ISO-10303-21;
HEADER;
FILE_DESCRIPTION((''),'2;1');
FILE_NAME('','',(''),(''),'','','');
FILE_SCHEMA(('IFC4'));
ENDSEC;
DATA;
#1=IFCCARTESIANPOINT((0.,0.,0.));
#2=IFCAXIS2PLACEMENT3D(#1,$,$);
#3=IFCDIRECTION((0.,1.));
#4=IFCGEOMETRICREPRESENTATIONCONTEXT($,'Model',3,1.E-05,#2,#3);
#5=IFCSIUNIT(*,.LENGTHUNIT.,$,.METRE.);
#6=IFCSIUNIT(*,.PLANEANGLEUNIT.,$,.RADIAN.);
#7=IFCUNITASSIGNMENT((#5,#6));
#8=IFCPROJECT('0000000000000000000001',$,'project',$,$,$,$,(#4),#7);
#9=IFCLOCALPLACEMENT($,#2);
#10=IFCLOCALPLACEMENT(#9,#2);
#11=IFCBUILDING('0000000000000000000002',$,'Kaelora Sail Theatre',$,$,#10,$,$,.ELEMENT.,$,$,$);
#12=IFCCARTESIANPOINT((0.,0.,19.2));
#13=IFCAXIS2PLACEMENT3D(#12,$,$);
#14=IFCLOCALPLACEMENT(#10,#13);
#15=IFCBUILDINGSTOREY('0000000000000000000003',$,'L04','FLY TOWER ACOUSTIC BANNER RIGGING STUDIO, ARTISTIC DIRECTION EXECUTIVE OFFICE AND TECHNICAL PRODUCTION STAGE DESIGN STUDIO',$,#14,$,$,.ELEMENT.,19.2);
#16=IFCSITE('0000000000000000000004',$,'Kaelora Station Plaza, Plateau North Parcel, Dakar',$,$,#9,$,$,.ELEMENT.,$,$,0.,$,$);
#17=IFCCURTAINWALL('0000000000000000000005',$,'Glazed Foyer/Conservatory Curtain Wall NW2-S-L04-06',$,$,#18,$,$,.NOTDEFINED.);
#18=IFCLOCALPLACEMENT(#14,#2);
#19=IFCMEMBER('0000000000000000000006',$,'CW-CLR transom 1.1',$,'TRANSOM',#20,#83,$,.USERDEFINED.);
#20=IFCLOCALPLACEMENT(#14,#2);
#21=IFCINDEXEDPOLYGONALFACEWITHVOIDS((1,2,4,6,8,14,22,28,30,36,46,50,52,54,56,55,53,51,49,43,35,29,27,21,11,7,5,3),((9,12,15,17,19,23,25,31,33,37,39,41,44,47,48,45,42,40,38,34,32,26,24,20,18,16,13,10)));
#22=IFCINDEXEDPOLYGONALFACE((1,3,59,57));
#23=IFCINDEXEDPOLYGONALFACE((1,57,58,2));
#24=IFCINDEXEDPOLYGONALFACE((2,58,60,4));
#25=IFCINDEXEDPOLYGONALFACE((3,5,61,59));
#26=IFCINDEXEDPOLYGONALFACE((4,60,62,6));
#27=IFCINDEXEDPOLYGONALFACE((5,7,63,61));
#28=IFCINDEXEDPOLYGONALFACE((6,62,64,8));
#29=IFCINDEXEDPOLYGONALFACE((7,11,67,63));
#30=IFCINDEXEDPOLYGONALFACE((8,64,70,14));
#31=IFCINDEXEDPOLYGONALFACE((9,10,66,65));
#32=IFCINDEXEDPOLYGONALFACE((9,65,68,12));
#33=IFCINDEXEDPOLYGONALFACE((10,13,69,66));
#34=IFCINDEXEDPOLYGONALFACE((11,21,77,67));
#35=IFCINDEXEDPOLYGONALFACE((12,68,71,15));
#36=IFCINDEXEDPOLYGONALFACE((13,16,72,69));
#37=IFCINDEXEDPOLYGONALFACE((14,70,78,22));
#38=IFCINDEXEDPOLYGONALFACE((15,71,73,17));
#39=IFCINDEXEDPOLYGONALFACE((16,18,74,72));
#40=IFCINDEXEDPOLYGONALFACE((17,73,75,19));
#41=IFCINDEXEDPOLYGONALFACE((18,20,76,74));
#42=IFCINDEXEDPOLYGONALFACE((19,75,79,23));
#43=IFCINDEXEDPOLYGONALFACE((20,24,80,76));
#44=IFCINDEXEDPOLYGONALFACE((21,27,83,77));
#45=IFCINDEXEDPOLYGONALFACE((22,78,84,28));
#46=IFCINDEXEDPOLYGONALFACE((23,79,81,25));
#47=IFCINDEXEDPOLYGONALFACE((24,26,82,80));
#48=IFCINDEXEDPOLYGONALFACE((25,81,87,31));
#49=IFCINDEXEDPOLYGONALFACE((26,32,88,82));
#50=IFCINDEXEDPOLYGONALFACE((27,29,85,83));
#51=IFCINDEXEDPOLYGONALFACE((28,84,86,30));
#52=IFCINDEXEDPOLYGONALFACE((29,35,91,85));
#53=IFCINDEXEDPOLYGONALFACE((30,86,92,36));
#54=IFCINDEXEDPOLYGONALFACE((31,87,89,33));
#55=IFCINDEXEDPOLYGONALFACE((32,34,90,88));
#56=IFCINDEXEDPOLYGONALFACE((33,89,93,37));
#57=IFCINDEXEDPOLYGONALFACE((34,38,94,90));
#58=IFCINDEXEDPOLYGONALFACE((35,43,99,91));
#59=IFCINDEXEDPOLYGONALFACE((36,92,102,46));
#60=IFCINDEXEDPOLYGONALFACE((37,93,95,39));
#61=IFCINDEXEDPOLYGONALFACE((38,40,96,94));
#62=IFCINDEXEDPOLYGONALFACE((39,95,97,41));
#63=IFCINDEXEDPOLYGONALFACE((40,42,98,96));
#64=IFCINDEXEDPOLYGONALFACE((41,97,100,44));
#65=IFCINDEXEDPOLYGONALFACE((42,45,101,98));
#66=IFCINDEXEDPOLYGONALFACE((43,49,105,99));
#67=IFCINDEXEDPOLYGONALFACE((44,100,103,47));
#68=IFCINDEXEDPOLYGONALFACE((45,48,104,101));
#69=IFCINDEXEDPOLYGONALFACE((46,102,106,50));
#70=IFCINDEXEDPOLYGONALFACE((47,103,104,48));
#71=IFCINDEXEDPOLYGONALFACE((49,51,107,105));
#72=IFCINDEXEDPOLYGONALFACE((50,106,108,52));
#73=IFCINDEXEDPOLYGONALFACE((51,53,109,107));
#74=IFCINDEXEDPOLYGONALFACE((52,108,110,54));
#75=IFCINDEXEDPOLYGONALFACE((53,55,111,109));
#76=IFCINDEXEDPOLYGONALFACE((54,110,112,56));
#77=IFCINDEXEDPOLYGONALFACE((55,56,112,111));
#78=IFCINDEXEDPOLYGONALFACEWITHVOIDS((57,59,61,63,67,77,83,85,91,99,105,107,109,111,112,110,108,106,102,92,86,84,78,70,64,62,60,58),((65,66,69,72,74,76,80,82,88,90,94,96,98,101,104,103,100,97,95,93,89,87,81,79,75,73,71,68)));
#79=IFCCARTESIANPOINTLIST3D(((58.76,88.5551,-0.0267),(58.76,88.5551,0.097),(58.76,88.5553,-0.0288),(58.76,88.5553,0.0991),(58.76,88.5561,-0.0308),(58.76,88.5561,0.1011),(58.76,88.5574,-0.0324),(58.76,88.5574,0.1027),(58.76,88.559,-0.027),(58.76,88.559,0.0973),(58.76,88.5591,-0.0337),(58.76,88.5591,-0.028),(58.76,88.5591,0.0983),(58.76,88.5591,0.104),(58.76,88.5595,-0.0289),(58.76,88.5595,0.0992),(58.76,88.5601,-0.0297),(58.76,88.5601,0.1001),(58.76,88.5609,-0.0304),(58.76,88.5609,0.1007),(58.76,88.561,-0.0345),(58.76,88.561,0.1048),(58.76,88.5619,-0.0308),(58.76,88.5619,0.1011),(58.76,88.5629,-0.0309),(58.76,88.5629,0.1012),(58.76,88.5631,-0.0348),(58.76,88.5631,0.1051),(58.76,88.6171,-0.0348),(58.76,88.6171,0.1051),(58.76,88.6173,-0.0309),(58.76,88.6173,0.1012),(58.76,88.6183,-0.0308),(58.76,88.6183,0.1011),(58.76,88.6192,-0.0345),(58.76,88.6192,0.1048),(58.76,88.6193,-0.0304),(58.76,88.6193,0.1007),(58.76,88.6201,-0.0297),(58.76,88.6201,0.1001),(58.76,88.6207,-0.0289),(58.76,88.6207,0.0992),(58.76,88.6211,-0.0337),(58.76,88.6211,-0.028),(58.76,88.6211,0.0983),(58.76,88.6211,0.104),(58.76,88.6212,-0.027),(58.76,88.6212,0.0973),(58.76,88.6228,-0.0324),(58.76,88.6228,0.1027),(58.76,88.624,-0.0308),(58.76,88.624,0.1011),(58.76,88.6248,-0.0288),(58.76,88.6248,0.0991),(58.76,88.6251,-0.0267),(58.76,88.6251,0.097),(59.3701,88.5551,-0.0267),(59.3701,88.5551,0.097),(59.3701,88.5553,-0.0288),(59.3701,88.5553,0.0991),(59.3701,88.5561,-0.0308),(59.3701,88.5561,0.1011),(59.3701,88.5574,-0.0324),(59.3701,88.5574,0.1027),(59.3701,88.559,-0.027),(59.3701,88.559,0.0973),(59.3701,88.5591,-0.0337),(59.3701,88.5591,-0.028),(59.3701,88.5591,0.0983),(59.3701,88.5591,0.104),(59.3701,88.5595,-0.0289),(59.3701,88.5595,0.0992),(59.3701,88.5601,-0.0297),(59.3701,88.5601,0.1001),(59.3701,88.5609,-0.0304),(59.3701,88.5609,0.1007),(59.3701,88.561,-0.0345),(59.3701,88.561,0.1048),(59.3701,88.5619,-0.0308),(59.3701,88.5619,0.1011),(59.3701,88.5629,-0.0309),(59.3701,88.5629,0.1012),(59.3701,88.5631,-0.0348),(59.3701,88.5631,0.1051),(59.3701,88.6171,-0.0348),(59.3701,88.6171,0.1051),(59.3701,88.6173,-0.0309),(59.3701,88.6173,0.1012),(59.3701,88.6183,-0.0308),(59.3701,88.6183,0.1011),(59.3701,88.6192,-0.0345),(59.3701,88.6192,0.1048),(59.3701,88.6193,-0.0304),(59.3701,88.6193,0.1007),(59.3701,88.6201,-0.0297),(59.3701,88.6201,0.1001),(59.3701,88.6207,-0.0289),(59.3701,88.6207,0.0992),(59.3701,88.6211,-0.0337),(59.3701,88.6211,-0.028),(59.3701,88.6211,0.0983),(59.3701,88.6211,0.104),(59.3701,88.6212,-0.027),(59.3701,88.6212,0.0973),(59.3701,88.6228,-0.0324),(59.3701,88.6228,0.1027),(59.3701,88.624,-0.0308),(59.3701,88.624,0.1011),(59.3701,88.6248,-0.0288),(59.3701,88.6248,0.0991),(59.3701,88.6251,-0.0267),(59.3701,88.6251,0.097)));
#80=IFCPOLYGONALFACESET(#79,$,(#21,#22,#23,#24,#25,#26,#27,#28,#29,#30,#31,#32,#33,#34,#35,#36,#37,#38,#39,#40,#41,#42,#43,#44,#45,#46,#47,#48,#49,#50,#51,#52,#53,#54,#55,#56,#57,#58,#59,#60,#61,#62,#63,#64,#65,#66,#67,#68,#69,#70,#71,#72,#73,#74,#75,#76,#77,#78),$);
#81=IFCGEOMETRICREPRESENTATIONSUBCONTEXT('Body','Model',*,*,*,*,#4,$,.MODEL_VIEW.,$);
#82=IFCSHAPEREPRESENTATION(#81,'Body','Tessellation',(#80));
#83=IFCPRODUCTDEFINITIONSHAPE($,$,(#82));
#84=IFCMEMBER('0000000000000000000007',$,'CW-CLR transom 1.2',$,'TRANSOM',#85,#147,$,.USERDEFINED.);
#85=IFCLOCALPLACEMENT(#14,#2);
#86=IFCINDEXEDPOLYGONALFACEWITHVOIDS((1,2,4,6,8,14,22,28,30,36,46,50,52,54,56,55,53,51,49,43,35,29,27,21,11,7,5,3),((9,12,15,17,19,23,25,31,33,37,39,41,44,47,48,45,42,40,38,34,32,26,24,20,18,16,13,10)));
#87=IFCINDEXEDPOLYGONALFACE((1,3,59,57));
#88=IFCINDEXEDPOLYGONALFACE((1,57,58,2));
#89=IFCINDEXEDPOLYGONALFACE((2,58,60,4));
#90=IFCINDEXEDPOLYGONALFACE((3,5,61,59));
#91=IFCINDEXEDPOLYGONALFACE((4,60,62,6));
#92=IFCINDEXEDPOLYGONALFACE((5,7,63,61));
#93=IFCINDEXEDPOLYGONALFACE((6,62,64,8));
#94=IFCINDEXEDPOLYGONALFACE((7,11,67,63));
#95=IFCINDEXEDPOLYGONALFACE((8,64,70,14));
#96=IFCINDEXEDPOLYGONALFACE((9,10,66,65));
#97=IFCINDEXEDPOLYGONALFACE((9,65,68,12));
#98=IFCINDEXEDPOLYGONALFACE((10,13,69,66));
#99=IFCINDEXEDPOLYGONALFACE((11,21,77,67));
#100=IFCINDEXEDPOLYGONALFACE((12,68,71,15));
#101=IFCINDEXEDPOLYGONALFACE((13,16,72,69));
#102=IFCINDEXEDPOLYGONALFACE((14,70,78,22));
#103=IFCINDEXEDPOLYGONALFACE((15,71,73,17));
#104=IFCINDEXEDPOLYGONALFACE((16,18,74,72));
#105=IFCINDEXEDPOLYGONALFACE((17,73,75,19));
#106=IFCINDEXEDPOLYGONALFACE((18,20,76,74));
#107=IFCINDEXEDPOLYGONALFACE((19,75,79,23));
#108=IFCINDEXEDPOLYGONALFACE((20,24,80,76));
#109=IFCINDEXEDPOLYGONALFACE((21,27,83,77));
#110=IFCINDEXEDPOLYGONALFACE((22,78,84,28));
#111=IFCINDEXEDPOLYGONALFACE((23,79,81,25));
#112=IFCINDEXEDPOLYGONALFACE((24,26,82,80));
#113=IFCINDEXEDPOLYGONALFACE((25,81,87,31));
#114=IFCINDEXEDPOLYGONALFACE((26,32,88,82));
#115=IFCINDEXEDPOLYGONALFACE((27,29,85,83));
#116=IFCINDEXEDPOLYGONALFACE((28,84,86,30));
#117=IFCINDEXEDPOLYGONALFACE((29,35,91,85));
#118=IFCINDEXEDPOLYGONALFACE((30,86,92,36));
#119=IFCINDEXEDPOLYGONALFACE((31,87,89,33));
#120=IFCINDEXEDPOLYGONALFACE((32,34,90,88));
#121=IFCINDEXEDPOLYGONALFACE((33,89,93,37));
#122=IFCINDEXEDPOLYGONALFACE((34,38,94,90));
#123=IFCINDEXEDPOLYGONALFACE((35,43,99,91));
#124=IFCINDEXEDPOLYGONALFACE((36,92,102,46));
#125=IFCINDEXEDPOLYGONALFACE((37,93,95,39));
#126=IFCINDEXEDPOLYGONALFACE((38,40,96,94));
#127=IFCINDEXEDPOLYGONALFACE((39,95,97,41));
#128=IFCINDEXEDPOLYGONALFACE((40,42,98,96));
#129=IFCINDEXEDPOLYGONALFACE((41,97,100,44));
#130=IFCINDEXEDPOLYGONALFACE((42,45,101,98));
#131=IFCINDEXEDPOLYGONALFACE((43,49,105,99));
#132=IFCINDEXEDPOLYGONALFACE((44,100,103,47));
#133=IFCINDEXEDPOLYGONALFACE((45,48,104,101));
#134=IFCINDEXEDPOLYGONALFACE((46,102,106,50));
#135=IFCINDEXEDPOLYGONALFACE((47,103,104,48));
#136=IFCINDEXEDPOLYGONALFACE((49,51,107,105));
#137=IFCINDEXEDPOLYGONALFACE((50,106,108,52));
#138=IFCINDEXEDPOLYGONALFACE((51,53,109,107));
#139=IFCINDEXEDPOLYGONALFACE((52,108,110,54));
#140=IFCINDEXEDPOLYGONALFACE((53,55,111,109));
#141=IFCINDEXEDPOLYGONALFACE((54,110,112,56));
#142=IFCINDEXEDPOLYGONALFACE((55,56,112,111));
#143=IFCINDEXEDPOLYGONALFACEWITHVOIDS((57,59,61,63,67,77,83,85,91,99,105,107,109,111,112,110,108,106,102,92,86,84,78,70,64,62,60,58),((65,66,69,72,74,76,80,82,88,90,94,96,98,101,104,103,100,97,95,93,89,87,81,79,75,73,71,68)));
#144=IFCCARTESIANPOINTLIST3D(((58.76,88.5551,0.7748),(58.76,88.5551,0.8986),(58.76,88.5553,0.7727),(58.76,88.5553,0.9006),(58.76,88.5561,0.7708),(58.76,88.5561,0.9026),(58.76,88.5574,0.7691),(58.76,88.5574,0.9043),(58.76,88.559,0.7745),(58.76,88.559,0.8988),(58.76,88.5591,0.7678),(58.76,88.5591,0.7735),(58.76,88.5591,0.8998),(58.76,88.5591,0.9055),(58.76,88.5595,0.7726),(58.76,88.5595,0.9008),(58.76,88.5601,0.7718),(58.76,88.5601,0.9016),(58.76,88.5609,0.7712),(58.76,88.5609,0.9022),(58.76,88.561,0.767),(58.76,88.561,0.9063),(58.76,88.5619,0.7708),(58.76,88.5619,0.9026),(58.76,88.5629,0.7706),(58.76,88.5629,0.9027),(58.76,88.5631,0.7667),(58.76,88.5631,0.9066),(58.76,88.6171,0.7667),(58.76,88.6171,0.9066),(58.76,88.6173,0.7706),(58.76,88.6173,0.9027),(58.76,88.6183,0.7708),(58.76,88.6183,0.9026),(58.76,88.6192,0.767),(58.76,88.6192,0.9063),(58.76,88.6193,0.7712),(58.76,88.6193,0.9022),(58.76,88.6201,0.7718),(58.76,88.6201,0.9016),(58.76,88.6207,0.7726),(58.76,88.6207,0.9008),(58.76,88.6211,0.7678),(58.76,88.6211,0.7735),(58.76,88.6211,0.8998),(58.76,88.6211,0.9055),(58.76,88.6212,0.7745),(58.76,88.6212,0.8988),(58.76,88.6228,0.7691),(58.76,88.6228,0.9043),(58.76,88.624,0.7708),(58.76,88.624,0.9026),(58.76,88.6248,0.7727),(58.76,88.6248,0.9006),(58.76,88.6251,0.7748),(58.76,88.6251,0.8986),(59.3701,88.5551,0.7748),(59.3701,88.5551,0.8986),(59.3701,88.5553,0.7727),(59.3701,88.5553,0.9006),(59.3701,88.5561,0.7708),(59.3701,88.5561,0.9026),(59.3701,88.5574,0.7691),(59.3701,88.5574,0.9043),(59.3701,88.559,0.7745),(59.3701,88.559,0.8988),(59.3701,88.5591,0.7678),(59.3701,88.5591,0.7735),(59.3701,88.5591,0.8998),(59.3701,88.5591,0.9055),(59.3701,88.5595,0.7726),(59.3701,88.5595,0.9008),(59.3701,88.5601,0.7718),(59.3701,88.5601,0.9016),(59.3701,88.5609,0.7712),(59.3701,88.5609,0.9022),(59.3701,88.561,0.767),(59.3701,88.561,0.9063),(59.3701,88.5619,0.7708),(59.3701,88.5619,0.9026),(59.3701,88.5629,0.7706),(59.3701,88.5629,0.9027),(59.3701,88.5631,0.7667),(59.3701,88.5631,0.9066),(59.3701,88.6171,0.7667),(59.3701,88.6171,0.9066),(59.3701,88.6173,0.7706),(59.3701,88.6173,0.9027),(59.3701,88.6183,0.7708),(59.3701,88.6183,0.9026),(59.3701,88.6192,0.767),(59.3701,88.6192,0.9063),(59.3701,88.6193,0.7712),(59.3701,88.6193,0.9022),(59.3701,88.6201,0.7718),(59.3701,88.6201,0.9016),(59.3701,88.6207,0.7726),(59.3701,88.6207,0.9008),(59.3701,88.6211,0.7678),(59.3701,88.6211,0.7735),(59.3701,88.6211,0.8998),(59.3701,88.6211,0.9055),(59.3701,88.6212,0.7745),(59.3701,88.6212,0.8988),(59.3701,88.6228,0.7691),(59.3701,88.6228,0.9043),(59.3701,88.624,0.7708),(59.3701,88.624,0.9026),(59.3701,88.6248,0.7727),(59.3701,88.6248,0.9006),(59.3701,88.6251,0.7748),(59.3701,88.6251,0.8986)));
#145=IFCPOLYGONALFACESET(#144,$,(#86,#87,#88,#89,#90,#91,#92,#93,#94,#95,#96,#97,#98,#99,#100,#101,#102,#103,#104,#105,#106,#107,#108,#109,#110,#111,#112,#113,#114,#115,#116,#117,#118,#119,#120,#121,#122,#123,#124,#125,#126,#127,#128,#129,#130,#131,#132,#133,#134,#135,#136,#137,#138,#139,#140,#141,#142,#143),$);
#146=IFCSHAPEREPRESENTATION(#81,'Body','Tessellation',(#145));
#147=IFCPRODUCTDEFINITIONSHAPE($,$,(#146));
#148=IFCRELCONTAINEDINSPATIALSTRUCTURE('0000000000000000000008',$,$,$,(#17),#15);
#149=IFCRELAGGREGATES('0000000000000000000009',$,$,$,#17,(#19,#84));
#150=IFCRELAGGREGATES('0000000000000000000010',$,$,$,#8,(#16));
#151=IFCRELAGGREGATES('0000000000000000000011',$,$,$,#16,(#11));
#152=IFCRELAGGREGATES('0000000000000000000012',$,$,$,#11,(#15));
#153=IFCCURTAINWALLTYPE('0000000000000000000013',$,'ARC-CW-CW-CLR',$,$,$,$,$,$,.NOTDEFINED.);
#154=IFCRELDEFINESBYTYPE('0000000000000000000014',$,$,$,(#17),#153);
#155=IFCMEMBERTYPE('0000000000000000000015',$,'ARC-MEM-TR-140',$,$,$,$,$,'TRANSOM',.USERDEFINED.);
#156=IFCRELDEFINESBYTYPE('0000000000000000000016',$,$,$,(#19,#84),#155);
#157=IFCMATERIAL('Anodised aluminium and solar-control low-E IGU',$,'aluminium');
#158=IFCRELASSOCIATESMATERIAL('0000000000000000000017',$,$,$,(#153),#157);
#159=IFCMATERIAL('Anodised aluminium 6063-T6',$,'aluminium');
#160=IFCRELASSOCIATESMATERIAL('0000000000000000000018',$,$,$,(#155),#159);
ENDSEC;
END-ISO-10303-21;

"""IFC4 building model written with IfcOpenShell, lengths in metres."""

from ifc_helpers import new_model, si_unit, direction, frame, origin, origin_2d, place, context, subcontext, project, spatial, hollow_rectangle, extrude, material, material_profile, profile_set, type_object, element, aggregate, save


model = new_model("IFC4")

# Units and contexts
model_context = context("Model", 3, precision=1e-05, world=origin(), true_north=direction((0.0, 1.0)))
body_context = subcontext(model_context, "Body", "Model", "MODEL_VIEW")
ifc_project = project(units=[si_unit("LENGTHUNIT", "METRE"), si_unit("PLANEANGLEUNIT", "RADIAN")], contexts=[model_context])

# Site, building, storey
site_placement = place(None, origin())
site = spatial("IfcSite", under=ifc_project, at=site_placement, Name="Kaelora Station Plaza, Plateau North Parcel, Dakar", CompositionType="ELEMENT", RefElevation=0.0)
building_placement = place(site_placement, origin())
building = spatial("IfcBuilding", under=site, at=building_placement, Name="Kaelora Sail Theatre", CompositionType="ELEMENT")
storey_placement = place(building_placement, frame((0.0, 0.0, 19.2)))
storey = spatial("IfcBuildingStorey", under=building, at=storey_placement, Name="L04", Description="FLY TOWER ACOUSTIC BANNER RIGGING STUDIO, ARTISTIC DIRECTION EXECUTIVE OFFICE AND TECHNICAL PRODUCTION STAGE DESIGN STUDIO", CompositionType="ELEMENT", Elevation=19.2)

# Shared definitions
ifc_material_1 = material(Name="Anodised aluminium and solar-control low-E IGU", Category="aluminium")
curtain_wall_type = type_object("IfcCurtainWallType", Name="ARC-CW-CW-CLR", PredefinedType="NOTDEFINED", material=ifc_material_1)

# Curtain wall
curtain_wall_1_placement = place(storey_placement, origin())
curtain_wall_1 = element("IfcCurtainWall", 1, at=curtain_wall_1_placement, inside=storey, type_object=curtain_wall_type, Name="Glazed Foyer/Conservatory Curtain Wall NW2-S-L04-06", PredefinedType="NOTDEFINED")

# Members
ifc_material_2 = material(Name="Anodised aluminium 6063-T6", Category="aluminium")
ifc_material_profile_1 = material_profile(ifc_material_2, hollow_rectangle(XDim=0.0701, YDim=0.1399, WallThickness=0.0039, InnerFilletRadius=0.0039, OuterFilletRadius=0.0081, at=origin_2d()), Name="ALU-TRAN 70x140x4")
ifc_profile_set_1 = profile_set([ifc_material_profile_1], Name="Anodised aluminium 6063-T6")
member_type_1 = type_object("IfcMemberType", Name="ARC-MEM-TR-140", ElementType="TRANSOM", PredefinedType="USERDEFINED", material=ifc_profile_set_1)
member_1_placement = place(storey_placement, frame((58.76, 88.5901, 0.0352), z_axis=(1.0, 0.0, 0.0), x_axis=(0.0, 1.0, 0.0)))
member_1 = element("IfcMember", 2, at=member_1_placement, type_object=member_type_1, Name="CW-CLR transom 1.1", ObjectType="TRANSOM", PredefinedType="USERDEFINED", context=body_context, shape_type="SweptSolid", body=[
    extrude(hollow_rectangle(XDim=0.0701, YDim=0.1399, WallThickness=0.0039, InnerFilletRadius=0.0039, OuterFilletRadius=0.0081, at=origin_2d()), origin(), (0.0, 0.0, 1.0), 0.6101),
])
member_2_placement = place(storey_placement, frame((58.76, 88.5901, 0.8367), z_axis=(1.0, 0.0, 0.0), x_axis=(0.0, 1.0, 0.0)))
member_2 = element("IfcMember", 3, at=member_2_placement, type_object=member_type_1, Name="CW-CLR transom 1.2", ObjectType="TRANSOM", PredefinedType="USERDEFINED", context=body_context, shape_type="SweptSolid", body=[
    extrude(hollow_rectangle(XDim=0.0701, YDim=0.1399, WallThickness=0.0039, InnerFilletRadius=0.0039, OuterFilletRadius=0.0081, at=origin_2d()), origin(), (0.0, 0.0, 1.0), 0.6101),
])

aggregate(curtain_wall_1, [member_1, member_2])

save(model, "model.ifc")
